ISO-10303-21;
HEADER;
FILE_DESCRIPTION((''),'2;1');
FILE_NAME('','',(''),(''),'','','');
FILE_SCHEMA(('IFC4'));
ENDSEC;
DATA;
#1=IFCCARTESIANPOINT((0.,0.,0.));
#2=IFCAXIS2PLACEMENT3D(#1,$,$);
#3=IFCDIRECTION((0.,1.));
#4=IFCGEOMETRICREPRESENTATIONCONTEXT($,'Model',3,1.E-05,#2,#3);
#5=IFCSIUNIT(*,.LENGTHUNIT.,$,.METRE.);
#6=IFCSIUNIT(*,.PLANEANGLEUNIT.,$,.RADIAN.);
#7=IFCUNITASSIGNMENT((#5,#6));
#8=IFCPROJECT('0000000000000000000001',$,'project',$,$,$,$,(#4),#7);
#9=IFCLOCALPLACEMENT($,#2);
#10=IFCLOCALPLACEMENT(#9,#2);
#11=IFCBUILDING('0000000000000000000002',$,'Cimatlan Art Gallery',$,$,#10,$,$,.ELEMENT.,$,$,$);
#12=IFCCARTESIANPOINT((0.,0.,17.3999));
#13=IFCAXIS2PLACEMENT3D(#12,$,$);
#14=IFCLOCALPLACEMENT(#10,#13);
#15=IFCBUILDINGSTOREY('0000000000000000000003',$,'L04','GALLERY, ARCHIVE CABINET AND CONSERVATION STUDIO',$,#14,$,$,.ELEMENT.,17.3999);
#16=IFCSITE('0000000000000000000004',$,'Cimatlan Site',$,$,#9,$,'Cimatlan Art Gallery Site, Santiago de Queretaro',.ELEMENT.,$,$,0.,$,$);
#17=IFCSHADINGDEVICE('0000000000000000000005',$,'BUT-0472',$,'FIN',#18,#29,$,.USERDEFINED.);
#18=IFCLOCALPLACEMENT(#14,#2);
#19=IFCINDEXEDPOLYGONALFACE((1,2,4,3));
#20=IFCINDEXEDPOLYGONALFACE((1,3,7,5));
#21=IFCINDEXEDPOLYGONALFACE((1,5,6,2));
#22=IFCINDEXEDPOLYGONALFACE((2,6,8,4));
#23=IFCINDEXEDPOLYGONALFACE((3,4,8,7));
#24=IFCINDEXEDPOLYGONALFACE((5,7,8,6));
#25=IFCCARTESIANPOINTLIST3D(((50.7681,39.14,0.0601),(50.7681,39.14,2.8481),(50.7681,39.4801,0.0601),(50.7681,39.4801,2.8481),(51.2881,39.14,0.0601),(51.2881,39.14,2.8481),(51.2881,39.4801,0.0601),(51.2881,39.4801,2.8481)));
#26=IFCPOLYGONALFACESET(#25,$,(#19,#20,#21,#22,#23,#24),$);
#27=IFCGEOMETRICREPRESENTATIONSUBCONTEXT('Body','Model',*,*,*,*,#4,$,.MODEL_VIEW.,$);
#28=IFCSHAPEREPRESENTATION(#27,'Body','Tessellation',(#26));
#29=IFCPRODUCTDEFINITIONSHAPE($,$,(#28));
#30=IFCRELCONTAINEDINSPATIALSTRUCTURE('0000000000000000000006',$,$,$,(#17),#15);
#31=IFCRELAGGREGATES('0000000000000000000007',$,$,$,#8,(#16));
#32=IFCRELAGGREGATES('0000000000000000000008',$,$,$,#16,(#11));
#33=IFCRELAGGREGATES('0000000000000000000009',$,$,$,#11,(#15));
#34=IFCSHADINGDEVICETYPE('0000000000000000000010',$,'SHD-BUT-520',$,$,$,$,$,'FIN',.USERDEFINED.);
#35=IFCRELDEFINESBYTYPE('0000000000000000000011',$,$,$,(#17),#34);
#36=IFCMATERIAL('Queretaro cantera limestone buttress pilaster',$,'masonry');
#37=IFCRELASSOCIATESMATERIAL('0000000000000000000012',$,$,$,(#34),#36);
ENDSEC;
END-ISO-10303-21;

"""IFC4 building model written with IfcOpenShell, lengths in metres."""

from ifc_helpers import new_model, si_unit, direction, frame, origin, origin_2d, place, context, subcontext, project, spatial, rectangle, extrude, material, type_object, element, save


model = new_model("IFC4")

# Units and contexts
model_context = context("Model", 3, precision=1e-05, world=origin(), true_north=direction((0.0, 1.0)))
body_context = subcontext(model_context, "Body", "Model", "MODEL_VIEW")
ifc_project = project(units=[si_unit("LENGTHUNIT", "METRE"), si_unit("PLANEANGLEUNIT", "RADIAN")], contexts=[model_context])

# Site, building, storey
site_placement = place(None, origin())
site = spatial("IfcSite", under=ifc_project, at=site_placement, Name="Cimatlan Site", LongName="Cimatlan Art Gallery Site, Santiago de Queretaro", CompositionType="ELEMENT", RefElevation=0.0)
building_placement = place(site_placement, origin())
building = spatial("IfcBuilding", under=site, at=building_placement, Name="Cimatlan Art Gallery", CompositionType="ELEMENT")
storey_placement = place(building_placement, frame((0.0, 0.0, 17.3999)))
storey = spatial("IfcBuildingStorey", under=building, at=storey_placement, Name="L04", Description="GALLERY, ARCHIVE CABINET AND CONSERVATION STUDIO", CompositionType="ELEMENT", Elevation=17.3999)

# Shading device
ifc_material_1 = material(Name="Queretaro cantera limestone buttress pilaster", Category="masonry")
shading_device_type = type_object("IfcShadingDeviceType", Name="SHD-BUT-520", ElementType="FIN", PredefinedType="USERDEFINED", material=ifc_material_1)
for number, where, z_axis, x_axis, name in (
    (1, (51.0281, 39.3101, 0.0601), (0.0, 0.0, 1.0), (0.0, -1.0, 0.0), "BUT-0472"),
):
    element("IfcShadingDevice", number, at=place(storey_placement, frame(where, z_axis=z_axis, x_axis=x_axis)), inside=storey, type_object=shading_device_type, Name=name, ObjectType="FIN", PredefinedType="USERDEFINED", context=body_context, shape_type="SweptSolid", body=[
        extrude(rectangle(XDim=0.3401, YDim=0.52, at=origin_2d()), origin(), (0.0, 0.0, 1.0), 2.7881),
    ])

save(model, "model.ifc")
